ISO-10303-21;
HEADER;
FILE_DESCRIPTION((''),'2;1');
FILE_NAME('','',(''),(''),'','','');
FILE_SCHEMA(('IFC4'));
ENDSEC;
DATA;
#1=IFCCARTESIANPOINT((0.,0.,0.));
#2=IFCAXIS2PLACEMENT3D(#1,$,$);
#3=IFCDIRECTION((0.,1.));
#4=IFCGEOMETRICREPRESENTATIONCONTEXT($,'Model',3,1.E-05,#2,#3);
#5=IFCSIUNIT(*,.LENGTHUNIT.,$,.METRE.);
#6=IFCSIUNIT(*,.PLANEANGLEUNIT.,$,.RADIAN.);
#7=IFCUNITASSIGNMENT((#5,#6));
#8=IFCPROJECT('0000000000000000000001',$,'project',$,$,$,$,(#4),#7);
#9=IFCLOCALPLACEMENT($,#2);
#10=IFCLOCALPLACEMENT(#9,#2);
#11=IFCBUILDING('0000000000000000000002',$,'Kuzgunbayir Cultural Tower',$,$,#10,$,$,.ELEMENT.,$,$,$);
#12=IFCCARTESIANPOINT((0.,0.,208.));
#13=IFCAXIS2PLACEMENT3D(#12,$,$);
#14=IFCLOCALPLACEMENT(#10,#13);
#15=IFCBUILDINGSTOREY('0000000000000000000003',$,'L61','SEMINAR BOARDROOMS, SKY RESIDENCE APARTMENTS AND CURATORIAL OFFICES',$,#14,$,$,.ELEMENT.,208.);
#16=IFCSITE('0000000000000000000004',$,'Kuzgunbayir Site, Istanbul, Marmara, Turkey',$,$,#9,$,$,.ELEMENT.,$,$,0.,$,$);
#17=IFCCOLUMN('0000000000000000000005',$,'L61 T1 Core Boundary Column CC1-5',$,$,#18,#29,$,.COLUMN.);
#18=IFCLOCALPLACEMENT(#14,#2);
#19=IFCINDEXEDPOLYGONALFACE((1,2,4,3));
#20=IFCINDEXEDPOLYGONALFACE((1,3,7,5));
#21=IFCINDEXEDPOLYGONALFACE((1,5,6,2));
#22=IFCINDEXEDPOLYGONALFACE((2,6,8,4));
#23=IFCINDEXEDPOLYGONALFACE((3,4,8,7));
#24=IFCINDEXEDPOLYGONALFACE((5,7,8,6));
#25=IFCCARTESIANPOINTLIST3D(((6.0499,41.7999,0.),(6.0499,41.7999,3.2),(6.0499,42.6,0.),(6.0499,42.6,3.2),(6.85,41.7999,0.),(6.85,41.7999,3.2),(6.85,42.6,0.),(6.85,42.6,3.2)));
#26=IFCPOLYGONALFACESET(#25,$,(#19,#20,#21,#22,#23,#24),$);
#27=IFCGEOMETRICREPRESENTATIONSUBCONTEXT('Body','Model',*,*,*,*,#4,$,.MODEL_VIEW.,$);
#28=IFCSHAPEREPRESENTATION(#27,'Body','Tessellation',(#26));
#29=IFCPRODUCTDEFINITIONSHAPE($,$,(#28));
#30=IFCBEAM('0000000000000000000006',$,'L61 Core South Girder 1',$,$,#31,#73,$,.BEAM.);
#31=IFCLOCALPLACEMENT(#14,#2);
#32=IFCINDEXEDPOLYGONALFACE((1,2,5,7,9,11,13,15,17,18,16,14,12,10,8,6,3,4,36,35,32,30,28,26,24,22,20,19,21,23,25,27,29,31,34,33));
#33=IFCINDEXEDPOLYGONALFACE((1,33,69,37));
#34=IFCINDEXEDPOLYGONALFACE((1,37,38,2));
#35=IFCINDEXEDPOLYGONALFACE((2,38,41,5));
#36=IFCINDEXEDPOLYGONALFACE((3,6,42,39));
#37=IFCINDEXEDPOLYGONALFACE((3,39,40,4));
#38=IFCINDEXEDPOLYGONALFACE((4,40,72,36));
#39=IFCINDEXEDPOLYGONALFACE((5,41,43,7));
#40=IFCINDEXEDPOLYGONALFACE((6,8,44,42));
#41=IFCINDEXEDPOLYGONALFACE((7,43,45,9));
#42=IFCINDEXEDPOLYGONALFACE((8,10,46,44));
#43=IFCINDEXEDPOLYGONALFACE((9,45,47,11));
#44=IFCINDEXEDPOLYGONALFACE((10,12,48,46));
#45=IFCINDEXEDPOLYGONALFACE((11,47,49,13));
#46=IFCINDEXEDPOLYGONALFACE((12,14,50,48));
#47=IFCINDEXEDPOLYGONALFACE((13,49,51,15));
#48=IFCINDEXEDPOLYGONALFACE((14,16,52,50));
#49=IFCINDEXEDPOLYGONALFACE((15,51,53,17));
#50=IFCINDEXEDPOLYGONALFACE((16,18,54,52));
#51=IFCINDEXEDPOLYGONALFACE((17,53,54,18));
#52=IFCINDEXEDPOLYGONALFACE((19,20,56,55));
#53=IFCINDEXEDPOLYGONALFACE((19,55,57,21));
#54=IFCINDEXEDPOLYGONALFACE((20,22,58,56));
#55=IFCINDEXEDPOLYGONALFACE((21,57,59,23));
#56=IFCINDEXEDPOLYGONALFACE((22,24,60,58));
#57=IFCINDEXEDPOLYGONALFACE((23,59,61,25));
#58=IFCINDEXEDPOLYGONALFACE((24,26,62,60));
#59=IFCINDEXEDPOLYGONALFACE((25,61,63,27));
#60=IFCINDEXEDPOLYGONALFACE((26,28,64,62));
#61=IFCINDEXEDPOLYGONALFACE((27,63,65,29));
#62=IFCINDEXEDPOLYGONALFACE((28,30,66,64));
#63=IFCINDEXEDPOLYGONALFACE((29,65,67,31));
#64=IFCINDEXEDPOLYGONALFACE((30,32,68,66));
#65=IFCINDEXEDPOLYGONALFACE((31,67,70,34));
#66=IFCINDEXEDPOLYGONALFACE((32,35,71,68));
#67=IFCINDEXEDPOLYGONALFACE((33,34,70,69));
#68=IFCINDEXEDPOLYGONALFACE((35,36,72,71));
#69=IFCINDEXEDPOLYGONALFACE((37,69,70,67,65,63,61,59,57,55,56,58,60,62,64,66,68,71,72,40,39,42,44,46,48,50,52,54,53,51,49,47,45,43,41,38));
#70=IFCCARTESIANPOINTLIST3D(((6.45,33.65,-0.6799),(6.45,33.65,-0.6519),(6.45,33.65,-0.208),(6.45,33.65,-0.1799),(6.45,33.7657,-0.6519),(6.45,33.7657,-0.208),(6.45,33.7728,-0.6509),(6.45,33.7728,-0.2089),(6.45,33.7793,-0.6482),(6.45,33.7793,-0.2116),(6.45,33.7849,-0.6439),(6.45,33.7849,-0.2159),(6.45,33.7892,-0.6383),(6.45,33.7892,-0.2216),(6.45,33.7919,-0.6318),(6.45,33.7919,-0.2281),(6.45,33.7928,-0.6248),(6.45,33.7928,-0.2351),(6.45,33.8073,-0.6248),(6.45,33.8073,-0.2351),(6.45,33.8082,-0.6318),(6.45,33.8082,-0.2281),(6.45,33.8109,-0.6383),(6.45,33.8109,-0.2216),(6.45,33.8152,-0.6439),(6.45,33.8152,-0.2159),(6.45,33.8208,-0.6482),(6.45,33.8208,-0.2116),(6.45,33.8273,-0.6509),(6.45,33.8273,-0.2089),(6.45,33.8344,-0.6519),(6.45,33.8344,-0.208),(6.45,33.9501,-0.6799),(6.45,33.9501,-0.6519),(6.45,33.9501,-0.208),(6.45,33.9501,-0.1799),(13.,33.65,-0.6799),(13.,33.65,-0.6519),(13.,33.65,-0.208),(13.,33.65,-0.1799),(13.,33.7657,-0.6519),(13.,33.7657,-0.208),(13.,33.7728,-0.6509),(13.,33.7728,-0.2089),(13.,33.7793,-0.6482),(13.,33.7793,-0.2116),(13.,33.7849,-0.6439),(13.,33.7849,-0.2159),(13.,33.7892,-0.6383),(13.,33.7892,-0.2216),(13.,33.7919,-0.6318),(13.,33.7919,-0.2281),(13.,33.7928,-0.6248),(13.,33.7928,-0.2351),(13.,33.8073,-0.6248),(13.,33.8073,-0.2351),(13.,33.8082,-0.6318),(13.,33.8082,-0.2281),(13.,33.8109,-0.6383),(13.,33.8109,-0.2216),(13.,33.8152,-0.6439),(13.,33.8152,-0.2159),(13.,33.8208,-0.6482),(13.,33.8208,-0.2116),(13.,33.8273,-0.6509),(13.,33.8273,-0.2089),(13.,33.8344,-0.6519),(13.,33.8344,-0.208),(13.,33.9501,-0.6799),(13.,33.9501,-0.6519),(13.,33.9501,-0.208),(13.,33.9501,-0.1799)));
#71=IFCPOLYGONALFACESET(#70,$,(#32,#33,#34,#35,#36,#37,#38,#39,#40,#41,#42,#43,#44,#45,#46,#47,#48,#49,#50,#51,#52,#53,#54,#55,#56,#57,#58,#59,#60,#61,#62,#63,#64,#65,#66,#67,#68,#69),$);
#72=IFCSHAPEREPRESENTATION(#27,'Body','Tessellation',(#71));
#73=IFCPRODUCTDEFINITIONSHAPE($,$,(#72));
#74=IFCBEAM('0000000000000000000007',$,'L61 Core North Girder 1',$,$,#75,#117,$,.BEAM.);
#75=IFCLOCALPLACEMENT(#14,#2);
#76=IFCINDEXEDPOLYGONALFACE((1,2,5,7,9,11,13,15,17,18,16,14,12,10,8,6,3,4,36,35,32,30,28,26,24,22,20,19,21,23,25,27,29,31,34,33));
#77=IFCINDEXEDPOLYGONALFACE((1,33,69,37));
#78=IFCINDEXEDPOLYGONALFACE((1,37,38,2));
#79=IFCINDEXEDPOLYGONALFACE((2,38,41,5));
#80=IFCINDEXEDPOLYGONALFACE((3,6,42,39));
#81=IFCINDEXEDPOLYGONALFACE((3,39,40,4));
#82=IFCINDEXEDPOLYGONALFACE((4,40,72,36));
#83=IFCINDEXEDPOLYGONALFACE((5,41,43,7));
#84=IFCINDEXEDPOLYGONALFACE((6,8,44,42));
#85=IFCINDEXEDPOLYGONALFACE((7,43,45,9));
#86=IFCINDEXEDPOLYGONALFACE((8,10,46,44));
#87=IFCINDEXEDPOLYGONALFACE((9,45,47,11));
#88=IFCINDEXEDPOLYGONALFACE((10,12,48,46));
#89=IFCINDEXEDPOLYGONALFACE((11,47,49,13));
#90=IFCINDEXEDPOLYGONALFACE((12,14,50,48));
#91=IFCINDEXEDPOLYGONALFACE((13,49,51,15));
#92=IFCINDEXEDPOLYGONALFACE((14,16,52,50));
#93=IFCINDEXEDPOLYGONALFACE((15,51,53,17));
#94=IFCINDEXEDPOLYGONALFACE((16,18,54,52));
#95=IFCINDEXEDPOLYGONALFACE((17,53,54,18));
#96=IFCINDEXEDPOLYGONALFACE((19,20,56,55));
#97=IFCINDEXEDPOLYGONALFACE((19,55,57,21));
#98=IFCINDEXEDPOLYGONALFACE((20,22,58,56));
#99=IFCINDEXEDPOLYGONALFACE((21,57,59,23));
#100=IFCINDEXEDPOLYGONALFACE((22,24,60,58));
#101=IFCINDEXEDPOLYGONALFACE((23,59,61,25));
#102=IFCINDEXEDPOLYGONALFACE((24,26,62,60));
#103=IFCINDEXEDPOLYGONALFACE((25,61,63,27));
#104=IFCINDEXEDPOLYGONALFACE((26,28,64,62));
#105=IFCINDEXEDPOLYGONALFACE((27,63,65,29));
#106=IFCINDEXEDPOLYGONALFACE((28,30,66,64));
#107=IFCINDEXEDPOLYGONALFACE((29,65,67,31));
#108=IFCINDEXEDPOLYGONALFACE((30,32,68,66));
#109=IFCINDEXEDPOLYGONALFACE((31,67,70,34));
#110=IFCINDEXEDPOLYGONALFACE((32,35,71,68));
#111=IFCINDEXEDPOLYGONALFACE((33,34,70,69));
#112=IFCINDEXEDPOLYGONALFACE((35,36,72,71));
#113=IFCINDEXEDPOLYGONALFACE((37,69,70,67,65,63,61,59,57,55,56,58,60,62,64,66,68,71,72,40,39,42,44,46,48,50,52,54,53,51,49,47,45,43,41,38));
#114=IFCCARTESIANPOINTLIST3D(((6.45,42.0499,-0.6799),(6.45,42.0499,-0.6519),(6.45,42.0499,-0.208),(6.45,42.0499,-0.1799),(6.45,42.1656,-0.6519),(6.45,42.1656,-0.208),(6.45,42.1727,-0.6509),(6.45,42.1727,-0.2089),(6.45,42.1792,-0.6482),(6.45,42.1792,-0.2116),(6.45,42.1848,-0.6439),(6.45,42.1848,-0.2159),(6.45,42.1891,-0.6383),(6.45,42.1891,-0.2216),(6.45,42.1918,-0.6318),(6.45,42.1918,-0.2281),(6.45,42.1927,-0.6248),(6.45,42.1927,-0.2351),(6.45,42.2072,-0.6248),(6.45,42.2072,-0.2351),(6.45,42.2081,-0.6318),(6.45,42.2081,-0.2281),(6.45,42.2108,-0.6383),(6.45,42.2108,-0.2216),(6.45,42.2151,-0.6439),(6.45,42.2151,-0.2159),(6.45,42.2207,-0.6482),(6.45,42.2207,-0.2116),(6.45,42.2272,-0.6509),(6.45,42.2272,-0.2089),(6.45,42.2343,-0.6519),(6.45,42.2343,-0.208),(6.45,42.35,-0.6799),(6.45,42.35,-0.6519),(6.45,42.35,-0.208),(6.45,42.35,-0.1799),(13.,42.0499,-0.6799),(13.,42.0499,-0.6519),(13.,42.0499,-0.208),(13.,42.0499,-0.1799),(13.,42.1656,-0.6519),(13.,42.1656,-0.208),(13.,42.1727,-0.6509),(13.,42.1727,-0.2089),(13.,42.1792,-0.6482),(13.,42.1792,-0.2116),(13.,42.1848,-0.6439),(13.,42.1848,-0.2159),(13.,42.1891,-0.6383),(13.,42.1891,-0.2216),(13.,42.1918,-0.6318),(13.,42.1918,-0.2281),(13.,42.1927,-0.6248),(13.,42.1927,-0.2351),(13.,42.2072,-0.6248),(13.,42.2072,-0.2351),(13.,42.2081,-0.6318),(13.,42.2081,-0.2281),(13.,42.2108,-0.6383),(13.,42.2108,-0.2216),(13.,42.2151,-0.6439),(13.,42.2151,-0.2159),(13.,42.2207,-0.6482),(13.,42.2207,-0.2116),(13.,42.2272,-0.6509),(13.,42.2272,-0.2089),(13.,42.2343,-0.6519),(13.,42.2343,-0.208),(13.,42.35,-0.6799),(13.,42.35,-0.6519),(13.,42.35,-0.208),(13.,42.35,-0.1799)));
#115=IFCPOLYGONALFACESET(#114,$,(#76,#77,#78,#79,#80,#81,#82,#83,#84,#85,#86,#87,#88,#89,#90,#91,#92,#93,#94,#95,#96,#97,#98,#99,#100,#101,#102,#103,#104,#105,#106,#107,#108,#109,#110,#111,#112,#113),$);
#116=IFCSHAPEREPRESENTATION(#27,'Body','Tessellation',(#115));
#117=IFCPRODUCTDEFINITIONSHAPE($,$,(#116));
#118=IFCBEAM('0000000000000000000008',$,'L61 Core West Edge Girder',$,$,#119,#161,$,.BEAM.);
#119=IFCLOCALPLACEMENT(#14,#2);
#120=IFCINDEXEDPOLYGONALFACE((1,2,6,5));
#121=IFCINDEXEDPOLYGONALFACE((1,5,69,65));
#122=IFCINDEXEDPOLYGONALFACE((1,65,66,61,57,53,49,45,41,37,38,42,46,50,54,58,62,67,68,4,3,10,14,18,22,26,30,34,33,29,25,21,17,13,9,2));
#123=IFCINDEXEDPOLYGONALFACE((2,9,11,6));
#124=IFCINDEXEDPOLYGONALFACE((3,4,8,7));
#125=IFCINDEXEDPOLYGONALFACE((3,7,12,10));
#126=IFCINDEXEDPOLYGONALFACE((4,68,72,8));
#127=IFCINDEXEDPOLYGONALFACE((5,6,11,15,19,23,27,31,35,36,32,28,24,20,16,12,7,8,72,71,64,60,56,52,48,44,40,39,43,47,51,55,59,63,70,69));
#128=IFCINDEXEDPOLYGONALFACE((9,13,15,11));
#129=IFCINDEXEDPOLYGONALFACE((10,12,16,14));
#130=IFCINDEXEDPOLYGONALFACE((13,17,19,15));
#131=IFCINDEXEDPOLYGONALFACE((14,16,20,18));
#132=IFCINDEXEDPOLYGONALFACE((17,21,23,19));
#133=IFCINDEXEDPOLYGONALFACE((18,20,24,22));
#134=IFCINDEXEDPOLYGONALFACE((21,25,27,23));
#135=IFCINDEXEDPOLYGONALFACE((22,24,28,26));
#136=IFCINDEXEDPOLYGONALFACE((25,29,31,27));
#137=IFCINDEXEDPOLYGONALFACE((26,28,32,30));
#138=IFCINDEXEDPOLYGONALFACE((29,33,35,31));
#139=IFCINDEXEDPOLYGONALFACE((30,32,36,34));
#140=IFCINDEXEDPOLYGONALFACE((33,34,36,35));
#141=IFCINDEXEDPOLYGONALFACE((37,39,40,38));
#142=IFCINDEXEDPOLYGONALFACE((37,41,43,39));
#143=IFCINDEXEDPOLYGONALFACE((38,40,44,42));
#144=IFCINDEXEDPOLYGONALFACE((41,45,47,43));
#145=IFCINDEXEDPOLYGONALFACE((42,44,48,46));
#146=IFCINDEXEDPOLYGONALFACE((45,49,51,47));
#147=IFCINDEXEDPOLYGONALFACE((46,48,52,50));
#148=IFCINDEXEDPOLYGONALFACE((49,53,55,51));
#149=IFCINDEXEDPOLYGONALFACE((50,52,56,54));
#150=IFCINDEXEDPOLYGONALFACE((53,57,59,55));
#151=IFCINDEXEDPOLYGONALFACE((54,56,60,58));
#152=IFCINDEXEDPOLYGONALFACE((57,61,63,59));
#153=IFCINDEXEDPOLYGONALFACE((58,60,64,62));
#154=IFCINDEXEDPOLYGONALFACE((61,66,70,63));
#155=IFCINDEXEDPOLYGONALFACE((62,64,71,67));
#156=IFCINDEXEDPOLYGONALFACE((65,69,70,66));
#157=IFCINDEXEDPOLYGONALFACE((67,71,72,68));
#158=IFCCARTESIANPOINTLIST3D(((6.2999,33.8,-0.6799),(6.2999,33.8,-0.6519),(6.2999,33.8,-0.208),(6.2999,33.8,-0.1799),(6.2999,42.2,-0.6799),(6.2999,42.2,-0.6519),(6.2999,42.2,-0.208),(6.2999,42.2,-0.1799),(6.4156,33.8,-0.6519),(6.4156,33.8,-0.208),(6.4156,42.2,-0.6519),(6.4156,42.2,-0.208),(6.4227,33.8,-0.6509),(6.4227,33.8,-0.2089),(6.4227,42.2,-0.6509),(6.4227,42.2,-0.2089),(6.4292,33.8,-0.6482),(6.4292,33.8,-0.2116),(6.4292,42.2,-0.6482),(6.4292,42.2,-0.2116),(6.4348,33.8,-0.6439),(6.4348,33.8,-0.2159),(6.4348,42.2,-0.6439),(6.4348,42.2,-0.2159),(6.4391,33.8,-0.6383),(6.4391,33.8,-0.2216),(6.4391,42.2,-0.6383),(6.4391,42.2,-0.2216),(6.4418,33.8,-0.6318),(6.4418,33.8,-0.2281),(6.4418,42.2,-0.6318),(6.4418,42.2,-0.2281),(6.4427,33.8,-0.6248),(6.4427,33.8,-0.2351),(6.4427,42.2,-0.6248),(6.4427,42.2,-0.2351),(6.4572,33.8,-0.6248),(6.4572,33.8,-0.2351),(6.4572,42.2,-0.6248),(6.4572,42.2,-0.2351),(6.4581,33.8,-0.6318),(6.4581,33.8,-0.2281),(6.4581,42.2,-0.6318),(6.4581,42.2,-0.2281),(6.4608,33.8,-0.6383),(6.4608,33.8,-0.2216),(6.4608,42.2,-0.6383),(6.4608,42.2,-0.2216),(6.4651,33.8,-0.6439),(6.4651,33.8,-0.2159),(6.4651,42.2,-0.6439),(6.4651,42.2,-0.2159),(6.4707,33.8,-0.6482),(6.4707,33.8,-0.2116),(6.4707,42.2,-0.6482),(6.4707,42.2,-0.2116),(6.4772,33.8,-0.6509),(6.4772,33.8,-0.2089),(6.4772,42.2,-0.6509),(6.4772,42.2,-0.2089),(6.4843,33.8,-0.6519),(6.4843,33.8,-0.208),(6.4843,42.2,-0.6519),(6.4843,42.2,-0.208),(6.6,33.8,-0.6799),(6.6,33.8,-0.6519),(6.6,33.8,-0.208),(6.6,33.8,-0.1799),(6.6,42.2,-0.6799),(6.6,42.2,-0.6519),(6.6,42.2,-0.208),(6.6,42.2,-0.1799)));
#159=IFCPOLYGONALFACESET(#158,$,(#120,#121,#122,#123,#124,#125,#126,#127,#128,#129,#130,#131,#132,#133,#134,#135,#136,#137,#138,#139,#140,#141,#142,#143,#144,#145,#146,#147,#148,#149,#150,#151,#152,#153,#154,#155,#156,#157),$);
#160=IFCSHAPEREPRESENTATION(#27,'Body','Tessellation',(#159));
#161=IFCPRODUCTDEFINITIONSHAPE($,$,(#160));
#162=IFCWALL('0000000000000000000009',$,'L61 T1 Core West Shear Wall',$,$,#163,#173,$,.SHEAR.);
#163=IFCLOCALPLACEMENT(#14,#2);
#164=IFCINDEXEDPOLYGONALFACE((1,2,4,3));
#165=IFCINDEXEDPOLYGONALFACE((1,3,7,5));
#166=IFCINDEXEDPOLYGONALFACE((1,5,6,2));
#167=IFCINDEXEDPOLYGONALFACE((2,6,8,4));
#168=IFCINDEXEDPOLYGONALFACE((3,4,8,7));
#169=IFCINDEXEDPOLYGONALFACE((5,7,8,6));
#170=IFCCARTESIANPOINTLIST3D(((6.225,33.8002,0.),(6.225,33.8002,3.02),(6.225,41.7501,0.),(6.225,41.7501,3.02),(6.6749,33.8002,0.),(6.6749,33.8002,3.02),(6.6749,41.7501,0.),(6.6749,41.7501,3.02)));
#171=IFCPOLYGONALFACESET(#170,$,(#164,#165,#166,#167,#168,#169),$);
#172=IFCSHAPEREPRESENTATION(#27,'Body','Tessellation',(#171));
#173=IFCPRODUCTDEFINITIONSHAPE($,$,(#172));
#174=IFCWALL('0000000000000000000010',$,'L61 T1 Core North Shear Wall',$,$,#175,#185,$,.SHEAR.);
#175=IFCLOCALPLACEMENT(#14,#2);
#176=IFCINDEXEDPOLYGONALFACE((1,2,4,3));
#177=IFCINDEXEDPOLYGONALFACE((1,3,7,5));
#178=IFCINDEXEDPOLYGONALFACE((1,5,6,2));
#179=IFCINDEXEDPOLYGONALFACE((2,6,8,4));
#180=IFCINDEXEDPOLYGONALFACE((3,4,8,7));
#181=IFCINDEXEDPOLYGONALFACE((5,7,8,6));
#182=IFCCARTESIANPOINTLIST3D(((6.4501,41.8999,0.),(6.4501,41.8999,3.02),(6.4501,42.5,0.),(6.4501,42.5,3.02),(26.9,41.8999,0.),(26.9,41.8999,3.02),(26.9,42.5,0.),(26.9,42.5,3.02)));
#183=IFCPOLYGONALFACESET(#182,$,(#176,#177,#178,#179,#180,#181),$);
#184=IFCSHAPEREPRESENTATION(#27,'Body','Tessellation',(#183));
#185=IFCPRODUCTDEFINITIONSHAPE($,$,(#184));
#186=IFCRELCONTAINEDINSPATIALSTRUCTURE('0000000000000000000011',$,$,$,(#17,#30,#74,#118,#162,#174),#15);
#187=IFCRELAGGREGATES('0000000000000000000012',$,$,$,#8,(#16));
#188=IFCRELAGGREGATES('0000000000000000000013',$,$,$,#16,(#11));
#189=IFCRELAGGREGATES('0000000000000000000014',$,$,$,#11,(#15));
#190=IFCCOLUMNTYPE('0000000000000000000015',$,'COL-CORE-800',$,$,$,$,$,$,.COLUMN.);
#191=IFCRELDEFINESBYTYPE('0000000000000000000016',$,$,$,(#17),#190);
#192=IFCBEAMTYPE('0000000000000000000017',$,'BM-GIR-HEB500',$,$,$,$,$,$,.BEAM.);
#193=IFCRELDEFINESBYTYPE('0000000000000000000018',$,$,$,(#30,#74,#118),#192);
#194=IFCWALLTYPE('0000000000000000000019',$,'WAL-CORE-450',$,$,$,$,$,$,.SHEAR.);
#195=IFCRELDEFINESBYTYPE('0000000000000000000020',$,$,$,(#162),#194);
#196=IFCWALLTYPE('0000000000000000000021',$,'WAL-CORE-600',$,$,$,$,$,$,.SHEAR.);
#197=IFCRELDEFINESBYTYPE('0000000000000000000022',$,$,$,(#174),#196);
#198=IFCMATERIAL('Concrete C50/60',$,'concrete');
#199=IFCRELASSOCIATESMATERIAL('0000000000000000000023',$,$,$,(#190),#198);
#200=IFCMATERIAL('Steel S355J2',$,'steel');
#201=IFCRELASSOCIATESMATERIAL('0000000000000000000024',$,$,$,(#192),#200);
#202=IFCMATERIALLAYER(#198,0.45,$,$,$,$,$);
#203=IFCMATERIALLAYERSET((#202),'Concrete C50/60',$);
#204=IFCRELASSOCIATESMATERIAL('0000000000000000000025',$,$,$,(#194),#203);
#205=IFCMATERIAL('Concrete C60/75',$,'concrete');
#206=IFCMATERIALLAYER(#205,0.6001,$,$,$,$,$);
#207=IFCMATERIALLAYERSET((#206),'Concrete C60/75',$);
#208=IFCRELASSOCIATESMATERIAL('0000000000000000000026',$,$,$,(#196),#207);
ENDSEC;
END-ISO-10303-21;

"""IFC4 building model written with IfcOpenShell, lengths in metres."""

from ifc_helpers import new_model, si_unit, direction, frame, frame_2d, origin, origin_2d, place, context, subcontext, project, spatial, rectangle, i_section, extrude, material, layer, layer_set, material_profile, profile_set, type_object, element, save


model = new_model("IFC4")

# Units and contexts
model_context = context("Model", 3, precision=1e-05, world=origin(), true_north=direction((0.0, 1.0)))
body_context = subcontext(model_context, "Body", "Model", "MODEL_VIEW")
ifc_project = project(units=[si_unit("LENGTHUNIT", "METRE"), si_unit("PLANEANGLEUNIT", "RADIAN")], contexts=[model_context])

# Site, building, storey
site_placement = place(None, origin())
site = spatial("IfcSite", under=ifc_project, at=site_placement, Name="Kuzgunbayir Site, Istanbul, Marmara, Turkey", CompositionType="ELEMENT", RefElevation=0.0)
building_placement = place(site_placement, origin())
building = spatial("IfcBuilding", under=site, at=building_placement, Name="Kuzgunbayir Cultural Tower", CompositionType="ELEMENT")
storey_placement = place(building_placement, frame((0.0, 0.0, 208.0)))
storey = spatial("IfcBuildingStorey", under=building, at=storey_placement, Name="L61", Description="SEMINAR BOARDROOMS, SKY RESIDENCE APARTMENTS AND CURATORIAL OFFICES", CompositionType="ELEMENT", Elevation=208.0)

# Column
ifc_material_1 = material(Name="Concrete C50/60", Category="concrete")
ifc_material_profile_1 = material_profile(ifc_material_1, rectangle(XDim=0.8, YDim=0.8, at=origin_2d()), Name="RC 800x800")
ifc_profile_set_1 = profile_set([ifc_material_profile_1], Name="Concrete C50/60")
column_type = type_object("IfcColumnType", Name="COL-CORE-800", PredefinedType="COLUMN", material=ifc_profile_set_1)
column_placement = place(storey_placement, frame((6.45, 42.2, 0.0), z_axis=(0.0, 0.0, 1.0), x_axis=(1.0, 0.0, 0.0)))
element("IfcColumn", 1, at=column_placement, inside=storey, type_object=column_type, Name="L61 T1 Core Boundary Column CC1-5", PredefinedType="COLUMN", context=body_context, shape_type="SweptSolid", body=[
    extrude(rectangle(XDim=0.8, YDim=0.8, at=origin_2d()), origin(), (0.0, 0.0, 1.0), 3.2),
])

# Beams
ifc_material_2 = material(Name="Steel S355J2", Category="steel")
ifc_material_profile_2 = material_profile(ifc_material_2, i_section(OverallWidth=0.3, OverallDepth=0.5, WebThickness=0.0144, FlangeThickness=0.0281, FilletRadius=0.0271, at=origin_2d()), Name="HEB 500")
ifc_profile_set_2 = profile_set([ifc_material_profile_2], Name="Steel S355J2")
beam_type = type_object("IfcBeamType", Name="BM-GIR-HEB500", PredefinedType="BEAM", material=ifc_profile_set_2)
for number, where, z_axis, x_axis, name in (
    (2, (6.45, 33.8, -0.4299), (1.0, 0.0, 0.0), (0.0, 1.0, 0.0), "L61 Core South Girder 1"),
    (3, (6.45, 42.2, -0.4299), (1.0, 0.0, 0.0), (0.0, 1.0, 0.0), "L61 Core North Girder 1"),
):
    element("IfcBeam", number, at=place(storey_placement, frame(where, z_axis=z_axis, x_axis=x_axis)), inside=storey, type_object=beam_type, Name=name, PredefinedType="BEAM", context=body_context, shape_type="SweptSolid", body=[
        extrude(i_section(OverallWidth=0.3, OverallDepth=0.5, WebThickness=0.0144, FlangeThickness=0.0281, FilletRadius=0.0271, at=origin_2d()), origin(), (0.0, 0.0, 1.0), 6.55),
    ])
beam_placement = place(storey_placement, frame((6.45, 33.8, -0.4299), z_axis=(0.0, 1.0, 0.0), x_axis=(-1.0, 0.0, 0.0)))
element("IfcBeam", 4, at=beam_placement, inside=storey, type_object=beam_type, Name="L61 Core West Edge Girder", PredefinedType="BEAM", context=body_context, shape_type="SweptSolid", body=[
    extrude(i_section(OverallWidth=0.3, OverallDepth=0.5, WebThickness=0.0144, FlangeThickness=0.0281, FilletRadius=0.0271, at=origin_2d()), origin(), (0.0, 0.0, 1.0), 8.3999),
])

# Walls
ifc_layer_1 = layer(ifc_material_1, 0.45)
ifc_layer_set_1 = layer_set([ifc_layer_1], Name="Concrete C50/60")
wall_type_1 = type_object("IfcWallType", Name="WAL-CORE-450", PredefinedType="SHEAR", material=ifc_layer_set_1)
wall_1_placement = place(storey_placement, frame((6.45, 33.8, 0.0), z_axis=(0.0, 0.0, 1.0), x_axis=(0.0, 1.0, 0.0)))
element("IfcWall", 5, at=wall_1_placement, inside=storey, type_object=wall_type_1, Name="L61 T1 Core West Shear Wall", PredefinedType="SHEAR", context=body_context, shape_type="SweptSolid", body=[
    extrude(rectangle(XDim=7.95, YDim=0.45, at=frame_2d((3.9751, 0.0))), origin(), (0.0, 0.0, 1.0), 3.02),
])
ifc_material_3 = material(Name="Concrete C60/75", Category="concrete")
ifc_layer_2 = layer(ifc_material_3, 0.6001)
ifc_layer_set_2 = layer_set([ifc_layer_2], Name="Concrete C60/75")
wall_type_2 = type_object("IfcWallType", Name="WAL-CORE-600", PredefinedType="SHEAR", material=ifc_layer_set_2)
wall_2_placement = place(storey_placement, frame((6.45, 42.2, 0.0), z_axis=(0.0, 0.0, 1.0), x_axis=(1.0, 0.0, 0.0)))
element("IfcWall", 6, at=wall_2_placement, inside=storey, type_object=wall_type_2, Name="L61 T1 Core North Shear Wall", PredefinedType="SHEAR", context=body_context, shape_type="SweptSolid", body=[
    extrude(rectangle(XDim=20.45, YDim=0.6001, at=frame_2d((10.2251, 0.0))), origin(), (0.0, 0.0, 1.0), 3.02),
])

save(model, "model.ifc")
